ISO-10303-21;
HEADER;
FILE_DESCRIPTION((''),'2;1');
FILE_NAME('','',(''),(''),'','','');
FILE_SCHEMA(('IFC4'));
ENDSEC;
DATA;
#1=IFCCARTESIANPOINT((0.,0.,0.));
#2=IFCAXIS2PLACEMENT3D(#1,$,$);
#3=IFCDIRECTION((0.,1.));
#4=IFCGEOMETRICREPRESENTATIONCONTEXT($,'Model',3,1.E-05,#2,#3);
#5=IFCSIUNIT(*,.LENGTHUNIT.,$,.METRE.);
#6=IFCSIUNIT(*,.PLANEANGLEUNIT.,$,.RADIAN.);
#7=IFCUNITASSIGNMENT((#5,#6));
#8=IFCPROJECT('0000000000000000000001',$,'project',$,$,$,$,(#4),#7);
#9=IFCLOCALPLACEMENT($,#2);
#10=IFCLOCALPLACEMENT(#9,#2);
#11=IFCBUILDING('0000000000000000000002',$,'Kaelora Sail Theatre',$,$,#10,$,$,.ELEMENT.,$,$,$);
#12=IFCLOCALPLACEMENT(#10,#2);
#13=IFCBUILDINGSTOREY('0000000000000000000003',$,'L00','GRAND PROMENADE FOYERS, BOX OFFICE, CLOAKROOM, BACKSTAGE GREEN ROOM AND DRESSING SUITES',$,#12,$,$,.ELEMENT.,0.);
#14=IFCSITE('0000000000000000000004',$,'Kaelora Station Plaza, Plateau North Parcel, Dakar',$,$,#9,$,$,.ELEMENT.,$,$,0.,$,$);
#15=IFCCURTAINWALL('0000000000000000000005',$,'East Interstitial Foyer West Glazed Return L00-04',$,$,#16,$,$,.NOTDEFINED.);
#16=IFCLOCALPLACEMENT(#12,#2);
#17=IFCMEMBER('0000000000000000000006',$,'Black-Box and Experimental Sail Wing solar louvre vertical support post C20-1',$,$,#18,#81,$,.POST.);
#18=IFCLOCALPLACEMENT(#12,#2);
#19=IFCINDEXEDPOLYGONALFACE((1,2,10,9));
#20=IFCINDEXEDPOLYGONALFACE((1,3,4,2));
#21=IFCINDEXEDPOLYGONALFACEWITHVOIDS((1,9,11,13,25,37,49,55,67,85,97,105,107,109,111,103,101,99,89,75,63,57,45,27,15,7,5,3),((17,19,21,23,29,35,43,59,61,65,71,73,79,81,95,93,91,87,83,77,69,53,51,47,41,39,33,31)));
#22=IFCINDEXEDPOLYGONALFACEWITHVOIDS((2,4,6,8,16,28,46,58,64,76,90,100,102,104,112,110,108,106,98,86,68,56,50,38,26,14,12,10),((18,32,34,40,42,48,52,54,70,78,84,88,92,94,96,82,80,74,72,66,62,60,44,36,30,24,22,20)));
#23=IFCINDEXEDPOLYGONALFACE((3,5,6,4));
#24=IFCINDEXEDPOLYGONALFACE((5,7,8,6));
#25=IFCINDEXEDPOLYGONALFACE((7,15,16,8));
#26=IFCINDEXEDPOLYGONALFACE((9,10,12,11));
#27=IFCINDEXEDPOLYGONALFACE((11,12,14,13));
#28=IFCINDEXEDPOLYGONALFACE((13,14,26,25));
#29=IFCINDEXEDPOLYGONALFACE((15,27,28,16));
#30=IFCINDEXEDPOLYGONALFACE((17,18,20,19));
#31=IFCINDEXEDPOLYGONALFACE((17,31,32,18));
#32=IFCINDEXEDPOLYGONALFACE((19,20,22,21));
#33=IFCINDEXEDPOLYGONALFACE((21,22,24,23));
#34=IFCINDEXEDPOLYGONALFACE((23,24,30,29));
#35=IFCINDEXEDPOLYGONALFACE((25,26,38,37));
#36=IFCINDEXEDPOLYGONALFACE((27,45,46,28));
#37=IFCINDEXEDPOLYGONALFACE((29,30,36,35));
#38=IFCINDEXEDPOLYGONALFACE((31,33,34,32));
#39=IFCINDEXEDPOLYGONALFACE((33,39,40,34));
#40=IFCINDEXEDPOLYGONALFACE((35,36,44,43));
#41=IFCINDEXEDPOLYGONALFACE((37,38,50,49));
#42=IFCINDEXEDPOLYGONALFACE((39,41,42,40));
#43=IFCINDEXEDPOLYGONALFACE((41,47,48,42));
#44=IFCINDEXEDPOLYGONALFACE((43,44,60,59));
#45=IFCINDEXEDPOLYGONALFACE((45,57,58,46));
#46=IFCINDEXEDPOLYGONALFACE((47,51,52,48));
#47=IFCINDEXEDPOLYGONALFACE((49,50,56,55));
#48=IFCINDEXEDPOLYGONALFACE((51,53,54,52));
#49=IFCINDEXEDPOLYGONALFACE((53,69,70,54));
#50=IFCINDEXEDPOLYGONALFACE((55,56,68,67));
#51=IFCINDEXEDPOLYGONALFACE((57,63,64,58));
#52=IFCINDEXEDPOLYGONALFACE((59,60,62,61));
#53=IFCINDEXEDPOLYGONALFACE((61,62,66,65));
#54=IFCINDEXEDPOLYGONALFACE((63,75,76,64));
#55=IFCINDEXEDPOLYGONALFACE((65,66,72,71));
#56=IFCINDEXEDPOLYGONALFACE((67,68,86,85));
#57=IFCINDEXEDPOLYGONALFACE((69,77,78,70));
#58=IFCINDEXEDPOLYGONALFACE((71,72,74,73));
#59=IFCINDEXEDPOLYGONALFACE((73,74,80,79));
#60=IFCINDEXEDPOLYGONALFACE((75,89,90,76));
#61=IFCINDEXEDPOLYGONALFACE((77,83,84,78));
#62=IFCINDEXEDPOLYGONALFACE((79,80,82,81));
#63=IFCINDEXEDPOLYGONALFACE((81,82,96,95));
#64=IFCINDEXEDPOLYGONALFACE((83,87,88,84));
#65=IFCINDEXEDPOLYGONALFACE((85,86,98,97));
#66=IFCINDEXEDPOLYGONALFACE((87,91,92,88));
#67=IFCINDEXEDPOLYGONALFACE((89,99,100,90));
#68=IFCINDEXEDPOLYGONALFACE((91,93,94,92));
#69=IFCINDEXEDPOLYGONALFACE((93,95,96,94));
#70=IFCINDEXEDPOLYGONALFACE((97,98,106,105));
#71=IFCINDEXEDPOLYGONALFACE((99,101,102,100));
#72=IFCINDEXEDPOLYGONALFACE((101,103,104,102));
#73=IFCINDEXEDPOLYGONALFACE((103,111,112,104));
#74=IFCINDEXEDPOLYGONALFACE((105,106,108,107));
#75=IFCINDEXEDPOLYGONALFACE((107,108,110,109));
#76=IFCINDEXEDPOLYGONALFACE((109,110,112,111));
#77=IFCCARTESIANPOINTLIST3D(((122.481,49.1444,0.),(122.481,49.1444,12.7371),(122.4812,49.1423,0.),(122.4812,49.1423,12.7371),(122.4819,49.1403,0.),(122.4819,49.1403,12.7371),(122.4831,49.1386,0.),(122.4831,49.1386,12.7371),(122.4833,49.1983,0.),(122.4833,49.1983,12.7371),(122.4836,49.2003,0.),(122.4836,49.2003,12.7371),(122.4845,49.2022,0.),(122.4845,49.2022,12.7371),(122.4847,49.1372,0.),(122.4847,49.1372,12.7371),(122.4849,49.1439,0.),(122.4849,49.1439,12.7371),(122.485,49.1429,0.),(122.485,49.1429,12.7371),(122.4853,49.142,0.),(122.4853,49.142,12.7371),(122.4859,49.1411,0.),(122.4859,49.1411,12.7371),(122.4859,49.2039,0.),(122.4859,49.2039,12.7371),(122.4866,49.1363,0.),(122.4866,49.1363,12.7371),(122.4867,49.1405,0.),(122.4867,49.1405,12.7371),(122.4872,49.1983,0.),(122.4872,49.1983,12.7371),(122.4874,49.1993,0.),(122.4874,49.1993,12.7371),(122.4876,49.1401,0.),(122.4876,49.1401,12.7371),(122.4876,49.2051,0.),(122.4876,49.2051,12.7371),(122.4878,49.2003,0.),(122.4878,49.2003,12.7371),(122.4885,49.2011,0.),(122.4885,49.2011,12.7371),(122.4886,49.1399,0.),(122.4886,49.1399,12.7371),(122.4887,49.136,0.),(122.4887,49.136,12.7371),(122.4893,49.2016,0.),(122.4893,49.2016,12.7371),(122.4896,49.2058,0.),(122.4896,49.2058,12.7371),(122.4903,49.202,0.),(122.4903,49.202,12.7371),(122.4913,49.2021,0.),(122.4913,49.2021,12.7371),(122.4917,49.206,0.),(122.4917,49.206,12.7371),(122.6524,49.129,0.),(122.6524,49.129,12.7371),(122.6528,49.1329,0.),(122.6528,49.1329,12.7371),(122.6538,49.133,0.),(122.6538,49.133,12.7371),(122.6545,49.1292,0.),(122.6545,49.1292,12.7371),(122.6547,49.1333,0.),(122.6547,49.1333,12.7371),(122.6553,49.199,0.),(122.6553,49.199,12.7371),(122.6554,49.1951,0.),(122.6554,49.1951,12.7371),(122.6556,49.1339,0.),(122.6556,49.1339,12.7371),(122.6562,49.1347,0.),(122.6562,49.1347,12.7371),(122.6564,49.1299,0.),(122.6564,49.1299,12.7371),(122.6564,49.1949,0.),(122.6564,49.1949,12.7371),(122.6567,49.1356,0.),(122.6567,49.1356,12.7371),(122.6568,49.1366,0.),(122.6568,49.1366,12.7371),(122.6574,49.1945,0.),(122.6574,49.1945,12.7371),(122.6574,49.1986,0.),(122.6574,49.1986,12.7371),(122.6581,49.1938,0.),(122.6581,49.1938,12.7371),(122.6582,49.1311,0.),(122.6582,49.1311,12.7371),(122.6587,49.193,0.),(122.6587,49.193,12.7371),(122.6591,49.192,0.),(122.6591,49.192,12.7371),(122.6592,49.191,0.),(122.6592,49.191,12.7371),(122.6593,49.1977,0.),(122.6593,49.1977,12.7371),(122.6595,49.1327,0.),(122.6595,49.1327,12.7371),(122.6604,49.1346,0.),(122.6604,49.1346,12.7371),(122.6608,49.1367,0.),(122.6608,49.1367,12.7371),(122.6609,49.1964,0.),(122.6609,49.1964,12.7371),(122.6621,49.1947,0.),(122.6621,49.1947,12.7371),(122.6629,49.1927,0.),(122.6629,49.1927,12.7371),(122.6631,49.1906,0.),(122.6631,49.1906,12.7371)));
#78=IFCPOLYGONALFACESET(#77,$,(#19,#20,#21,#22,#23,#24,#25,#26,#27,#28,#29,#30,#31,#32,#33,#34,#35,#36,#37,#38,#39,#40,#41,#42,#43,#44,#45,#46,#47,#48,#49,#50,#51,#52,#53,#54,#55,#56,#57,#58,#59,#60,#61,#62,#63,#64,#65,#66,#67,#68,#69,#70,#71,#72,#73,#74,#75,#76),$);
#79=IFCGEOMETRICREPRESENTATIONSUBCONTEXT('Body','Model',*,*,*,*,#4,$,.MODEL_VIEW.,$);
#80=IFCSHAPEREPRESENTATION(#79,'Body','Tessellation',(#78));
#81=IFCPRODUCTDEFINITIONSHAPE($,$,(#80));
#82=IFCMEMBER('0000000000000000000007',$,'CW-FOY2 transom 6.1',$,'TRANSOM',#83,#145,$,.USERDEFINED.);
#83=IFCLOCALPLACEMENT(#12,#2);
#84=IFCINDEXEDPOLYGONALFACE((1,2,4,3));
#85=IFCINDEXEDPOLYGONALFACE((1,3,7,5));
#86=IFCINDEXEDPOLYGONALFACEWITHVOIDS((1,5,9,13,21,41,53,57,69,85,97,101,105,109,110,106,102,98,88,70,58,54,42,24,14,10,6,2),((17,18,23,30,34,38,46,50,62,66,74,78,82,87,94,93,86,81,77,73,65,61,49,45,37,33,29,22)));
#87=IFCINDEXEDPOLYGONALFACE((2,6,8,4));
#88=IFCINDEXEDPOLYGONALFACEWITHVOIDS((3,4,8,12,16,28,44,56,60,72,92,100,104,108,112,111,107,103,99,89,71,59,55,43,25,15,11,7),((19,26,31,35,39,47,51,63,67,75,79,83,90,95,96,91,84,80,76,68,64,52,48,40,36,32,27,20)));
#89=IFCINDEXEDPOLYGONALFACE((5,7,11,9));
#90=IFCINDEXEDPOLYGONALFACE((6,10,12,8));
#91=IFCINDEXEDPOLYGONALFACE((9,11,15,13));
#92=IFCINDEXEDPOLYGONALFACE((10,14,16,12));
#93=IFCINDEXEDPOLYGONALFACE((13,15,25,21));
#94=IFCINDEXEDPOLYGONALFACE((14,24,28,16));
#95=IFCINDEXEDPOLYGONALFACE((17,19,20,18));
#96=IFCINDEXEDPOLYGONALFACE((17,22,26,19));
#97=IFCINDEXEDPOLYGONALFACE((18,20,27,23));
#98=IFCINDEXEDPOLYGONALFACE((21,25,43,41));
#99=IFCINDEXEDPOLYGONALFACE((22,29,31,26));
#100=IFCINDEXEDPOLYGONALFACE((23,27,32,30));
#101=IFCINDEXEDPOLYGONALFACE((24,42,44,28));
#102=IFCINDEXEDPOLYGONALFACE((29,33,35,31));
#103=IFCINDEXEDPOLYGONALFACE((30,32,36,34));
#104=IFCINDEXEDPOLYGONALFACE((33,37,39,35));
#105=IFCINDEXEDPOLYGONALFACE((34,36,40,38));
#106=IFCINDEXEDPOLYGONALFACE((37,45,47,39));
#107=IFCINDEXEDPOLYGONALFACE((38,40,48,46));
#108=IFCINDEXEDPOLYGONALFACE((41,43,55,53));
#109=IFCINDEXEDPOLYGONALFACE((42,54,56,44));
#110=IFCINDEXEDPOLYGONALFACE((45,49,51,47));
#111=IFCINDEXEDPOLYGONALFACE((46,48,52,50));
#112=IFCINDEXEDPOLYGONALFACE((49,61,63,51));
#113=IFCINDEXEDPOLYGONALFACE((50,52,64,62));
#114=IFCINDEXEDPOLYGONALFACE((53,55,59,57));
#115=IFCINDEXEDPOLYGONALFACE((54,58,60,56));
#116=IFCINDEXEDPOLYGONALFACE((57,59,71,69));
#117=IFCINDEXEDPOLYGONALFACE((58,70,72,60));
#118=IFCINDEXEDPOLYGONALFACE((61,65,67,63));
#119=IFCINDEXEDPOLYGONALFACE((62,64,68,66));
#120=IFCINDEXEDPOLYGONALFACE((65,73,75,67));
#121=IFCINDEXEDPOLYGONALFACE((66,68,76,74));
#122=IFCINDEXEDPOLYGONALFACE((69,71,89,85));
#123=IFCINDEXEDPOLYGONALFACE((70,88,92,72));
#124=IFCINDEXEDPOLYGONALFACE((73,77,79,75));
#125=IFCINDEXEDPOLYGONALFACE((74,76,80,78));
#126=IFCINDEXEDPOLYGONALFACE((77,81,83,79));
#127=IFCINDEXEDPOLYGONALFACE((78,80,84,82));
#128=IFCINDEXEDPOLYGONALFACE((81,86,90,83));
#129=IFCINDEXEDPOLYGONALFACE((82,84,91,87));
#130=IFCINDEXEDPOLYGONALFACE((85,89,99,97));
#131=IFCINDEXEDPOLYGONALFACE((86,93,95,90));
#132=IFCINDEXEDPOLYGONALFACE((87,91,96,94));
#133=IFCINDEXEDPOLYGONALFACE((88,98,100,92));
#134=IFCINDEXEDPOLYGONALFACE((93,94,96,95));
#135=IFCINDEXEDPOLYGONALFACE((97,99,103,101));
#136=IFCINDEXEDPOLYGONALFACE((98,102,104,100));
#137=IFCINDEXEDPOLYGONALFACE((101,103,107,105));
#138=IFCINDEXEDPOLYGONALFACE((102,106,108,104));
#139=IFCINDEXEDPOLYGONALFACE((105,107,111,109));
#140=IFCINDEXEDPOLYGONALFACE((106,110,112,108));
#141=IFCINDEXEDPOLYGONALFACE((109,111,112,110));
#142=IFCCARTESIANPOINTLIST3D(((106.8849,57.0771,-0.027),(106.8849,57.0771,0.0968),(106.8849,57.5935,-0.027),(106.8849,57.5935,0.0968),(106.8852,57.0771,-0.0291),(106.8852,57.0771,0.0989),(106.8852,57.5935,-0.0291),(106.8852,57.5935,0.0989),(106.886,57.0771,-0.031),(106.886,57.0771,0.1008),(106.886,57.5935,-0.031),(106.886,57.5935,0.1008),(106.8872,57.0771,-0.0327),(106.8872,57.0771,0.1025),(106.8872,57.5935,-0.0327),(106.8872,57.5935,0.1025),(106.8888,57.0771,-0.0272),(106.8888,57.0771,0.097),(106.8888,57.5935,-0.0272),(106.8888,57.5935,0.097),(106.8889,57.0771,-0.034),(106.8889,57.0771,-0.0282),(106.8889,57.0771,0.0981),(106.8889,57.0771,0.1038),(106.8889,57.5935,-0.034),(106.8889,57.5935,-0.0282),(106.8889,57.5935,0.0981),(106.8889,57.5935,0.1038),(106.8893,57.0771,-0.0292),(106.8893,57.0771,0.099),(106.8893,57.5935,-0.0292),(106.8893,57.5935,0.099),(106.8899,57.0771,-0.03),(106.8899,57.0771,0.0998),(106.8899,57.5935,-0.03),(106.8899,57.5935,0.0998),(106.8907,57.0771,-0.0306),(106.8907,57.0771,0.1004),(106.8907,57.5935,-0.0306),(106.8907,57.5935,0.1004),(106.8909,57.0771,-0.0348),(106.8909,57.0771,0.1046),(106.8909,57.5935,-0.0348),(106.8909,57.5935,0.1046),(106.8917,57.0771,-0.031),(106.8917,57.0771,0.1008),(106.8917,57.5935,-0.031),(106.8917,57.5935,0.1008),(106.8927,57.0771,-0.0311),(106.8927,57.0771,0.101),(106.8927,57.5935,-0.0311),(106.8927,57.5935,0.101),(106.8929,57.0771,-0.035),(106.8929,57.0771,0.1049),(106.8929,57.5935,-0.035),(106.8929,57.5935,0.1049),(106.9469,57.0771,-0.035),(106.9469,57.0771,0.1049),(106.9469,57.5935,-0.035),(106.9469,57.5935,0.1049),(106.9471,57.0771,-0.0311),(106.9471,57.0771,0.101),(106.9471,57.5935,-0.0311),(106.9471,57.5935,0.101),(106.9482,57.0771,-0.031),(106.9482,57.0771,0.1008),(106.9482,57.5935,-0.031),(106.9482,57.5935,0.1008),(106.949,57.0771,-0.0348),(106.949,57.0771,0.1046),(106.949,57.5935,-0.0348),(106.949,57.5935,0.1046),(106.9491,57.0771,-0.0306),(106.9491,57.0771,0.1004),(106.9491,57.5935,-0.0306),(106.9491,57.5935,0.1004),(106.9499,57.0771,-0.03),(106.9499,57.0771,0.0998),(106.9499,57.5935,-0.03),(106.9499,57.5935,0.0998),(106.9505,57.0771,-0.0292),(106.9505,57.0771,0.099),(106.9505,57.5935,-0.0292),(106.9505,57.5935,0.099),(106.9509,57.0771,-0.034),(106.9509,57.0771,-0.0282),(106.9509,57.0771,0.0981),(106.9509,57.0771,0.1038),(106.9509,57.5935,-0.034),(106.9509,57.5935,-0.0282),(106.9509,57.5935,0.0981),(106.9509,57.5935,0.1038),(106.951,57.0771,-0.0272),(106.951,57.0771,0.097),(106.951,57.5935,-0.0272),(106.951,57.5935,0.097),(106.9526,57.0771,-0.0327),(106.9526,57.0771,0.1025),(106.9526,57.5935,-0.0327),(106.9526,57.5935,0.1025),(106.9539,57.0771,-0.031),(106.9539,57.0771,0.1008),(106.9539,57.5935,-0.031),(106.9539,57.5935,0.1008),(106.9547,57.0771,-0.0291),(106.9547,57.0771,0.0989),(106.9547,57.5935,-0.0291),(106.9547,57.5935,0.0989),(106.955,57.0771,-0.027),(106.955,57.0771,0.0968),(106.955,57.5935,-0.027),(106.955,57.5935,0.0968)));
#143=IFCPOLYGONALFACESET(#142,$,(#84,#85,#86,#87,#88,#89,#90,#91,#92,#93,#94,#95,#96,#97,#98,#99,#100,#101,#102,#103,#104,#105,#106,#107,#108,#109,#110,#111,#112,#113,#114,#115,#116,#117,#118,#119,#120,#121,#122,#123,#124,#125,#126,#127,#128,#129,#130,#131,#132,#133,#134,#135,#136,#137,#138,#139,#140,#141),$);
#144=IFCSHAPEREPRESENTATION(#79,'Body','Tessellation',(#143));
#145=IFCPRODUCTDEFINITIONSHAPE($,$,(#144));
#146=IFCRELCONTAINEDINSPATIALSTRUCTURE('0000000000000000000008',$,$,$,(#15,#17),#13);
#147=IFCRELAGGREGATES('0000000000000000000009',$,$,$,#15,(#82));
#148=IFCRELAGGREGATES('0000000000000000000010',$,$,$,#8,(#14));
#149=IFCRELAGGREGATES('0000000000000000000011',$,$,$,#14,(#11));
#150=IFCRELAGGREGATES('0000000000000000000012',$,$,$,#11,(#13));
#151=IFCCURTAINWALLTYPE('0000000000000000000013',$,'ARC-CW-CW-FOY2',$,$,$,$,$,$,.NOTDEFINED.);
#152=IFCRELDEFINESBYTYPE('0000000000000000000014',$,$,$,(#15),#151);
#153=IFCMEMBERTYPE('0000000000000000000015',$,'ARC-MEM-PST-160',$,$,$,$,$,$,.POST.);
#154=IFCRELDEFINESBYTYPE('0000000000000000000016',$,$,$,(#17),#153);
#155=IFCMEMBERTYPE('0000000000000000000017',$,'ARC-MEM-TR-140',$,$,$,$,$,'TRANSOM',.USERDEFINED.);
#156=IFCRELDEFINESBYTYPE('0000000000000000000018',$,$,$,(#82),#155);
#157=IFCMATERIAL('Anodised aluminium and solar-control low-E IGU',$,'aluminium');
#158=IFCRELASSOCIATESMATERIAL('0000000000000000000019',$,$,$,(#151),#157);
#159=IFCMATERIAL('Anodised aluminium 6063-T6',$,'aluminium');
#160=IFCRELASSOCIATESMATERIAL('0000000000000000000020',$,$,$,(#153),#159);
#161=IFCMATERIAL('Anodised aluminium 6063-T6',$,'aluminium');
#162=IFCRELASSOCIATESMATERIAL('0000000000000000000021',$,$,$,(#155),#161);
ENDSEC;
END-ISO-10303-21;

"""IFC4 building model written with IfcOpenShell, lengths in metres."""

from ifc_helpers import new_model, si_unit, direction, frame, origin, origin_2d, place, context, subcontext, project, spatial, hollow_rectangle, extrude, material, material_profile, profile_set, type_object, element, aggregate, save


model = new_model("IFC4")

# Units and contexts
model_context = context("Model", 3, precision=1e-05, world=origin(), true_north=direction((0.0, 1.0)))
body_context = subcontext(model_context, "Body", "Model", "MODEL_VIEW")
ifc_project = project(units=[si_unit("LENGTHUNIT", "METRE"), si_unit("PLANEANGLEUNIT", "RADIAN")], contexts=[model_context])

# Site, building, storey
site_placement = place(None, origin())
site = spatial("IfcSite", under=ifc_project, at=site_placement, Name="Kaelora Station Plaza, Plateau North Parcel, Dakar", CompositionType="ELEMENT", RefElevation=0.0)
building_placement = place(site_placement, origin())
building = spatial("IfcBuilding", under=site, at=building_placement, Name="Kaelora Sail Theatre", CompositionType="ELEMENT")
storey_placement = place(building_placement, origin())
storey = spatial("IfcBuildingStorey", under=building, at=storey_placement, Name="L00", Description="GRAND PROMENADE FOYERS, BOX OFFICE, CLOAKROOM, BACKSTAGE GREEN ROOM AND DRESSING SUITES", CompositionType="ELEMENT", Elevation=0.0)

# Curtain wall
ifc_material_1 = material(Name="Anodised aluminium and solar-control low-E IGU", Category="aluminium")
curtain_wall_type = type_object("IfcCurtainWallType", Name="ARC-CW-CW-FOY2", PredefinedType="NOTDEFINED", material=ifc_material_1)
curtain_wall_placement = place(storey_placement, origin())
curtain_wall = element("IfcCurtainWall", 1, at=curtain_wall_placement, inside=storey, type_object=curtain_wall_type, Name="East Interstitial Foyer West Glazed Return L00-04", PredefinedType="NOTDEFINED")

# Member
ifc_material_2 = material(Name="Anodised aluminium 6063-T6", Category="aluminium")
ifc_material_profile_1 = material_profile(ifc_material_2, hollow_rectangle(XDim=0.0701, YDim=0.1799, WallThickness=0.0039, InnerFilletRadius=0.0039, OuterFilletRadius=0.0081, at=origin_2d()), Name="ALU-MULL 70x180x4")
ifc_profile_set_1 = profile_set([ifc_material_profile_1], Name="Anodised aluminium 6063-T6")
member_type_1 = type_object("IfcMemberType", Name="ARC-MEM-PST-160", PredefinedType="POST", material=ifc_profile_set_1)
member_1_placement = place(storey_placement, frame((122.572, 49.1675, 0.0), z_axis=(0.0, 0.0, 1.0), x_axis=(0.042573, 0.999093, 0.0)))
element("IfcMember", 2, at=member_1_placement, inside=storey, type_object=member_type_1, Name="Black-Box and Experimental Sail Wing solar louvre vertical support post C20-1", PredefinedType="POST", context=body_context, shape_type="SweptSolid", body=[
    extrude(hollow_rectangle(XDim=0.0701, YDim=0.1799, WallThickness=0.0039, InnerFilletRadius=0.0039, OuterFilletRadius=0.0081, at=origin_2d()), origin(), (0.0, 0.0, 1.0), 12.7371),
])

# Member
ifc_material_3 = material(Name="Anodised aluminium 6063-T6", Category="aluminium")
ifc_material_profile_2 = material_profile(ifc_material_3, hollow_rectangle(XDim=0.0701, YDim=0.1399, WallThickness=0.0039, InnerFilletRadius=0.0039, OuterFilletRadius=0.0081, at=origin_2d()), Name="ALU-TRAN 70x140x4")
ifc_profile_set_2 = profile_set([ifc_material_profile_2], Name="Anodised aluminium 6063-T6")
member_type_2 = type_object("IfcMemberType", Name="ARC-MEM-TR-140", ElementType="TRANSOM", PredefinedType="USERDEFINED", material=ifc_profile_set_2)
member_2_placement = place(storey_placement, frame((106.9199, 57.0771, 0.0349), z_axis=(0.0, 1.0, 0.0), x_axis=(-1.0, 0.0, 0.0)))
member_2 = element("IfcMember", 3, at=member_2_placement, type_object=member_type_2, Name="CW-FOY2 transom 6.1", ObjectType="TRANSOM", PredefinedType="USERDEFINED", context=body_context, shape_type="SweptSolid", body=[
    extrude(hollow_rectangle(XDim=0.0701, YDim=0.1399, WallThickness=0.0039, InnerFilletRadius=0.0039, OuterFilletRadius=0.0081, at=origin_2d()), origin(), (0.0, 0.0, 1.0), 0.5164),
])
aggregate(curtain_wall, [member_2])

save(model, "model.ifc")
